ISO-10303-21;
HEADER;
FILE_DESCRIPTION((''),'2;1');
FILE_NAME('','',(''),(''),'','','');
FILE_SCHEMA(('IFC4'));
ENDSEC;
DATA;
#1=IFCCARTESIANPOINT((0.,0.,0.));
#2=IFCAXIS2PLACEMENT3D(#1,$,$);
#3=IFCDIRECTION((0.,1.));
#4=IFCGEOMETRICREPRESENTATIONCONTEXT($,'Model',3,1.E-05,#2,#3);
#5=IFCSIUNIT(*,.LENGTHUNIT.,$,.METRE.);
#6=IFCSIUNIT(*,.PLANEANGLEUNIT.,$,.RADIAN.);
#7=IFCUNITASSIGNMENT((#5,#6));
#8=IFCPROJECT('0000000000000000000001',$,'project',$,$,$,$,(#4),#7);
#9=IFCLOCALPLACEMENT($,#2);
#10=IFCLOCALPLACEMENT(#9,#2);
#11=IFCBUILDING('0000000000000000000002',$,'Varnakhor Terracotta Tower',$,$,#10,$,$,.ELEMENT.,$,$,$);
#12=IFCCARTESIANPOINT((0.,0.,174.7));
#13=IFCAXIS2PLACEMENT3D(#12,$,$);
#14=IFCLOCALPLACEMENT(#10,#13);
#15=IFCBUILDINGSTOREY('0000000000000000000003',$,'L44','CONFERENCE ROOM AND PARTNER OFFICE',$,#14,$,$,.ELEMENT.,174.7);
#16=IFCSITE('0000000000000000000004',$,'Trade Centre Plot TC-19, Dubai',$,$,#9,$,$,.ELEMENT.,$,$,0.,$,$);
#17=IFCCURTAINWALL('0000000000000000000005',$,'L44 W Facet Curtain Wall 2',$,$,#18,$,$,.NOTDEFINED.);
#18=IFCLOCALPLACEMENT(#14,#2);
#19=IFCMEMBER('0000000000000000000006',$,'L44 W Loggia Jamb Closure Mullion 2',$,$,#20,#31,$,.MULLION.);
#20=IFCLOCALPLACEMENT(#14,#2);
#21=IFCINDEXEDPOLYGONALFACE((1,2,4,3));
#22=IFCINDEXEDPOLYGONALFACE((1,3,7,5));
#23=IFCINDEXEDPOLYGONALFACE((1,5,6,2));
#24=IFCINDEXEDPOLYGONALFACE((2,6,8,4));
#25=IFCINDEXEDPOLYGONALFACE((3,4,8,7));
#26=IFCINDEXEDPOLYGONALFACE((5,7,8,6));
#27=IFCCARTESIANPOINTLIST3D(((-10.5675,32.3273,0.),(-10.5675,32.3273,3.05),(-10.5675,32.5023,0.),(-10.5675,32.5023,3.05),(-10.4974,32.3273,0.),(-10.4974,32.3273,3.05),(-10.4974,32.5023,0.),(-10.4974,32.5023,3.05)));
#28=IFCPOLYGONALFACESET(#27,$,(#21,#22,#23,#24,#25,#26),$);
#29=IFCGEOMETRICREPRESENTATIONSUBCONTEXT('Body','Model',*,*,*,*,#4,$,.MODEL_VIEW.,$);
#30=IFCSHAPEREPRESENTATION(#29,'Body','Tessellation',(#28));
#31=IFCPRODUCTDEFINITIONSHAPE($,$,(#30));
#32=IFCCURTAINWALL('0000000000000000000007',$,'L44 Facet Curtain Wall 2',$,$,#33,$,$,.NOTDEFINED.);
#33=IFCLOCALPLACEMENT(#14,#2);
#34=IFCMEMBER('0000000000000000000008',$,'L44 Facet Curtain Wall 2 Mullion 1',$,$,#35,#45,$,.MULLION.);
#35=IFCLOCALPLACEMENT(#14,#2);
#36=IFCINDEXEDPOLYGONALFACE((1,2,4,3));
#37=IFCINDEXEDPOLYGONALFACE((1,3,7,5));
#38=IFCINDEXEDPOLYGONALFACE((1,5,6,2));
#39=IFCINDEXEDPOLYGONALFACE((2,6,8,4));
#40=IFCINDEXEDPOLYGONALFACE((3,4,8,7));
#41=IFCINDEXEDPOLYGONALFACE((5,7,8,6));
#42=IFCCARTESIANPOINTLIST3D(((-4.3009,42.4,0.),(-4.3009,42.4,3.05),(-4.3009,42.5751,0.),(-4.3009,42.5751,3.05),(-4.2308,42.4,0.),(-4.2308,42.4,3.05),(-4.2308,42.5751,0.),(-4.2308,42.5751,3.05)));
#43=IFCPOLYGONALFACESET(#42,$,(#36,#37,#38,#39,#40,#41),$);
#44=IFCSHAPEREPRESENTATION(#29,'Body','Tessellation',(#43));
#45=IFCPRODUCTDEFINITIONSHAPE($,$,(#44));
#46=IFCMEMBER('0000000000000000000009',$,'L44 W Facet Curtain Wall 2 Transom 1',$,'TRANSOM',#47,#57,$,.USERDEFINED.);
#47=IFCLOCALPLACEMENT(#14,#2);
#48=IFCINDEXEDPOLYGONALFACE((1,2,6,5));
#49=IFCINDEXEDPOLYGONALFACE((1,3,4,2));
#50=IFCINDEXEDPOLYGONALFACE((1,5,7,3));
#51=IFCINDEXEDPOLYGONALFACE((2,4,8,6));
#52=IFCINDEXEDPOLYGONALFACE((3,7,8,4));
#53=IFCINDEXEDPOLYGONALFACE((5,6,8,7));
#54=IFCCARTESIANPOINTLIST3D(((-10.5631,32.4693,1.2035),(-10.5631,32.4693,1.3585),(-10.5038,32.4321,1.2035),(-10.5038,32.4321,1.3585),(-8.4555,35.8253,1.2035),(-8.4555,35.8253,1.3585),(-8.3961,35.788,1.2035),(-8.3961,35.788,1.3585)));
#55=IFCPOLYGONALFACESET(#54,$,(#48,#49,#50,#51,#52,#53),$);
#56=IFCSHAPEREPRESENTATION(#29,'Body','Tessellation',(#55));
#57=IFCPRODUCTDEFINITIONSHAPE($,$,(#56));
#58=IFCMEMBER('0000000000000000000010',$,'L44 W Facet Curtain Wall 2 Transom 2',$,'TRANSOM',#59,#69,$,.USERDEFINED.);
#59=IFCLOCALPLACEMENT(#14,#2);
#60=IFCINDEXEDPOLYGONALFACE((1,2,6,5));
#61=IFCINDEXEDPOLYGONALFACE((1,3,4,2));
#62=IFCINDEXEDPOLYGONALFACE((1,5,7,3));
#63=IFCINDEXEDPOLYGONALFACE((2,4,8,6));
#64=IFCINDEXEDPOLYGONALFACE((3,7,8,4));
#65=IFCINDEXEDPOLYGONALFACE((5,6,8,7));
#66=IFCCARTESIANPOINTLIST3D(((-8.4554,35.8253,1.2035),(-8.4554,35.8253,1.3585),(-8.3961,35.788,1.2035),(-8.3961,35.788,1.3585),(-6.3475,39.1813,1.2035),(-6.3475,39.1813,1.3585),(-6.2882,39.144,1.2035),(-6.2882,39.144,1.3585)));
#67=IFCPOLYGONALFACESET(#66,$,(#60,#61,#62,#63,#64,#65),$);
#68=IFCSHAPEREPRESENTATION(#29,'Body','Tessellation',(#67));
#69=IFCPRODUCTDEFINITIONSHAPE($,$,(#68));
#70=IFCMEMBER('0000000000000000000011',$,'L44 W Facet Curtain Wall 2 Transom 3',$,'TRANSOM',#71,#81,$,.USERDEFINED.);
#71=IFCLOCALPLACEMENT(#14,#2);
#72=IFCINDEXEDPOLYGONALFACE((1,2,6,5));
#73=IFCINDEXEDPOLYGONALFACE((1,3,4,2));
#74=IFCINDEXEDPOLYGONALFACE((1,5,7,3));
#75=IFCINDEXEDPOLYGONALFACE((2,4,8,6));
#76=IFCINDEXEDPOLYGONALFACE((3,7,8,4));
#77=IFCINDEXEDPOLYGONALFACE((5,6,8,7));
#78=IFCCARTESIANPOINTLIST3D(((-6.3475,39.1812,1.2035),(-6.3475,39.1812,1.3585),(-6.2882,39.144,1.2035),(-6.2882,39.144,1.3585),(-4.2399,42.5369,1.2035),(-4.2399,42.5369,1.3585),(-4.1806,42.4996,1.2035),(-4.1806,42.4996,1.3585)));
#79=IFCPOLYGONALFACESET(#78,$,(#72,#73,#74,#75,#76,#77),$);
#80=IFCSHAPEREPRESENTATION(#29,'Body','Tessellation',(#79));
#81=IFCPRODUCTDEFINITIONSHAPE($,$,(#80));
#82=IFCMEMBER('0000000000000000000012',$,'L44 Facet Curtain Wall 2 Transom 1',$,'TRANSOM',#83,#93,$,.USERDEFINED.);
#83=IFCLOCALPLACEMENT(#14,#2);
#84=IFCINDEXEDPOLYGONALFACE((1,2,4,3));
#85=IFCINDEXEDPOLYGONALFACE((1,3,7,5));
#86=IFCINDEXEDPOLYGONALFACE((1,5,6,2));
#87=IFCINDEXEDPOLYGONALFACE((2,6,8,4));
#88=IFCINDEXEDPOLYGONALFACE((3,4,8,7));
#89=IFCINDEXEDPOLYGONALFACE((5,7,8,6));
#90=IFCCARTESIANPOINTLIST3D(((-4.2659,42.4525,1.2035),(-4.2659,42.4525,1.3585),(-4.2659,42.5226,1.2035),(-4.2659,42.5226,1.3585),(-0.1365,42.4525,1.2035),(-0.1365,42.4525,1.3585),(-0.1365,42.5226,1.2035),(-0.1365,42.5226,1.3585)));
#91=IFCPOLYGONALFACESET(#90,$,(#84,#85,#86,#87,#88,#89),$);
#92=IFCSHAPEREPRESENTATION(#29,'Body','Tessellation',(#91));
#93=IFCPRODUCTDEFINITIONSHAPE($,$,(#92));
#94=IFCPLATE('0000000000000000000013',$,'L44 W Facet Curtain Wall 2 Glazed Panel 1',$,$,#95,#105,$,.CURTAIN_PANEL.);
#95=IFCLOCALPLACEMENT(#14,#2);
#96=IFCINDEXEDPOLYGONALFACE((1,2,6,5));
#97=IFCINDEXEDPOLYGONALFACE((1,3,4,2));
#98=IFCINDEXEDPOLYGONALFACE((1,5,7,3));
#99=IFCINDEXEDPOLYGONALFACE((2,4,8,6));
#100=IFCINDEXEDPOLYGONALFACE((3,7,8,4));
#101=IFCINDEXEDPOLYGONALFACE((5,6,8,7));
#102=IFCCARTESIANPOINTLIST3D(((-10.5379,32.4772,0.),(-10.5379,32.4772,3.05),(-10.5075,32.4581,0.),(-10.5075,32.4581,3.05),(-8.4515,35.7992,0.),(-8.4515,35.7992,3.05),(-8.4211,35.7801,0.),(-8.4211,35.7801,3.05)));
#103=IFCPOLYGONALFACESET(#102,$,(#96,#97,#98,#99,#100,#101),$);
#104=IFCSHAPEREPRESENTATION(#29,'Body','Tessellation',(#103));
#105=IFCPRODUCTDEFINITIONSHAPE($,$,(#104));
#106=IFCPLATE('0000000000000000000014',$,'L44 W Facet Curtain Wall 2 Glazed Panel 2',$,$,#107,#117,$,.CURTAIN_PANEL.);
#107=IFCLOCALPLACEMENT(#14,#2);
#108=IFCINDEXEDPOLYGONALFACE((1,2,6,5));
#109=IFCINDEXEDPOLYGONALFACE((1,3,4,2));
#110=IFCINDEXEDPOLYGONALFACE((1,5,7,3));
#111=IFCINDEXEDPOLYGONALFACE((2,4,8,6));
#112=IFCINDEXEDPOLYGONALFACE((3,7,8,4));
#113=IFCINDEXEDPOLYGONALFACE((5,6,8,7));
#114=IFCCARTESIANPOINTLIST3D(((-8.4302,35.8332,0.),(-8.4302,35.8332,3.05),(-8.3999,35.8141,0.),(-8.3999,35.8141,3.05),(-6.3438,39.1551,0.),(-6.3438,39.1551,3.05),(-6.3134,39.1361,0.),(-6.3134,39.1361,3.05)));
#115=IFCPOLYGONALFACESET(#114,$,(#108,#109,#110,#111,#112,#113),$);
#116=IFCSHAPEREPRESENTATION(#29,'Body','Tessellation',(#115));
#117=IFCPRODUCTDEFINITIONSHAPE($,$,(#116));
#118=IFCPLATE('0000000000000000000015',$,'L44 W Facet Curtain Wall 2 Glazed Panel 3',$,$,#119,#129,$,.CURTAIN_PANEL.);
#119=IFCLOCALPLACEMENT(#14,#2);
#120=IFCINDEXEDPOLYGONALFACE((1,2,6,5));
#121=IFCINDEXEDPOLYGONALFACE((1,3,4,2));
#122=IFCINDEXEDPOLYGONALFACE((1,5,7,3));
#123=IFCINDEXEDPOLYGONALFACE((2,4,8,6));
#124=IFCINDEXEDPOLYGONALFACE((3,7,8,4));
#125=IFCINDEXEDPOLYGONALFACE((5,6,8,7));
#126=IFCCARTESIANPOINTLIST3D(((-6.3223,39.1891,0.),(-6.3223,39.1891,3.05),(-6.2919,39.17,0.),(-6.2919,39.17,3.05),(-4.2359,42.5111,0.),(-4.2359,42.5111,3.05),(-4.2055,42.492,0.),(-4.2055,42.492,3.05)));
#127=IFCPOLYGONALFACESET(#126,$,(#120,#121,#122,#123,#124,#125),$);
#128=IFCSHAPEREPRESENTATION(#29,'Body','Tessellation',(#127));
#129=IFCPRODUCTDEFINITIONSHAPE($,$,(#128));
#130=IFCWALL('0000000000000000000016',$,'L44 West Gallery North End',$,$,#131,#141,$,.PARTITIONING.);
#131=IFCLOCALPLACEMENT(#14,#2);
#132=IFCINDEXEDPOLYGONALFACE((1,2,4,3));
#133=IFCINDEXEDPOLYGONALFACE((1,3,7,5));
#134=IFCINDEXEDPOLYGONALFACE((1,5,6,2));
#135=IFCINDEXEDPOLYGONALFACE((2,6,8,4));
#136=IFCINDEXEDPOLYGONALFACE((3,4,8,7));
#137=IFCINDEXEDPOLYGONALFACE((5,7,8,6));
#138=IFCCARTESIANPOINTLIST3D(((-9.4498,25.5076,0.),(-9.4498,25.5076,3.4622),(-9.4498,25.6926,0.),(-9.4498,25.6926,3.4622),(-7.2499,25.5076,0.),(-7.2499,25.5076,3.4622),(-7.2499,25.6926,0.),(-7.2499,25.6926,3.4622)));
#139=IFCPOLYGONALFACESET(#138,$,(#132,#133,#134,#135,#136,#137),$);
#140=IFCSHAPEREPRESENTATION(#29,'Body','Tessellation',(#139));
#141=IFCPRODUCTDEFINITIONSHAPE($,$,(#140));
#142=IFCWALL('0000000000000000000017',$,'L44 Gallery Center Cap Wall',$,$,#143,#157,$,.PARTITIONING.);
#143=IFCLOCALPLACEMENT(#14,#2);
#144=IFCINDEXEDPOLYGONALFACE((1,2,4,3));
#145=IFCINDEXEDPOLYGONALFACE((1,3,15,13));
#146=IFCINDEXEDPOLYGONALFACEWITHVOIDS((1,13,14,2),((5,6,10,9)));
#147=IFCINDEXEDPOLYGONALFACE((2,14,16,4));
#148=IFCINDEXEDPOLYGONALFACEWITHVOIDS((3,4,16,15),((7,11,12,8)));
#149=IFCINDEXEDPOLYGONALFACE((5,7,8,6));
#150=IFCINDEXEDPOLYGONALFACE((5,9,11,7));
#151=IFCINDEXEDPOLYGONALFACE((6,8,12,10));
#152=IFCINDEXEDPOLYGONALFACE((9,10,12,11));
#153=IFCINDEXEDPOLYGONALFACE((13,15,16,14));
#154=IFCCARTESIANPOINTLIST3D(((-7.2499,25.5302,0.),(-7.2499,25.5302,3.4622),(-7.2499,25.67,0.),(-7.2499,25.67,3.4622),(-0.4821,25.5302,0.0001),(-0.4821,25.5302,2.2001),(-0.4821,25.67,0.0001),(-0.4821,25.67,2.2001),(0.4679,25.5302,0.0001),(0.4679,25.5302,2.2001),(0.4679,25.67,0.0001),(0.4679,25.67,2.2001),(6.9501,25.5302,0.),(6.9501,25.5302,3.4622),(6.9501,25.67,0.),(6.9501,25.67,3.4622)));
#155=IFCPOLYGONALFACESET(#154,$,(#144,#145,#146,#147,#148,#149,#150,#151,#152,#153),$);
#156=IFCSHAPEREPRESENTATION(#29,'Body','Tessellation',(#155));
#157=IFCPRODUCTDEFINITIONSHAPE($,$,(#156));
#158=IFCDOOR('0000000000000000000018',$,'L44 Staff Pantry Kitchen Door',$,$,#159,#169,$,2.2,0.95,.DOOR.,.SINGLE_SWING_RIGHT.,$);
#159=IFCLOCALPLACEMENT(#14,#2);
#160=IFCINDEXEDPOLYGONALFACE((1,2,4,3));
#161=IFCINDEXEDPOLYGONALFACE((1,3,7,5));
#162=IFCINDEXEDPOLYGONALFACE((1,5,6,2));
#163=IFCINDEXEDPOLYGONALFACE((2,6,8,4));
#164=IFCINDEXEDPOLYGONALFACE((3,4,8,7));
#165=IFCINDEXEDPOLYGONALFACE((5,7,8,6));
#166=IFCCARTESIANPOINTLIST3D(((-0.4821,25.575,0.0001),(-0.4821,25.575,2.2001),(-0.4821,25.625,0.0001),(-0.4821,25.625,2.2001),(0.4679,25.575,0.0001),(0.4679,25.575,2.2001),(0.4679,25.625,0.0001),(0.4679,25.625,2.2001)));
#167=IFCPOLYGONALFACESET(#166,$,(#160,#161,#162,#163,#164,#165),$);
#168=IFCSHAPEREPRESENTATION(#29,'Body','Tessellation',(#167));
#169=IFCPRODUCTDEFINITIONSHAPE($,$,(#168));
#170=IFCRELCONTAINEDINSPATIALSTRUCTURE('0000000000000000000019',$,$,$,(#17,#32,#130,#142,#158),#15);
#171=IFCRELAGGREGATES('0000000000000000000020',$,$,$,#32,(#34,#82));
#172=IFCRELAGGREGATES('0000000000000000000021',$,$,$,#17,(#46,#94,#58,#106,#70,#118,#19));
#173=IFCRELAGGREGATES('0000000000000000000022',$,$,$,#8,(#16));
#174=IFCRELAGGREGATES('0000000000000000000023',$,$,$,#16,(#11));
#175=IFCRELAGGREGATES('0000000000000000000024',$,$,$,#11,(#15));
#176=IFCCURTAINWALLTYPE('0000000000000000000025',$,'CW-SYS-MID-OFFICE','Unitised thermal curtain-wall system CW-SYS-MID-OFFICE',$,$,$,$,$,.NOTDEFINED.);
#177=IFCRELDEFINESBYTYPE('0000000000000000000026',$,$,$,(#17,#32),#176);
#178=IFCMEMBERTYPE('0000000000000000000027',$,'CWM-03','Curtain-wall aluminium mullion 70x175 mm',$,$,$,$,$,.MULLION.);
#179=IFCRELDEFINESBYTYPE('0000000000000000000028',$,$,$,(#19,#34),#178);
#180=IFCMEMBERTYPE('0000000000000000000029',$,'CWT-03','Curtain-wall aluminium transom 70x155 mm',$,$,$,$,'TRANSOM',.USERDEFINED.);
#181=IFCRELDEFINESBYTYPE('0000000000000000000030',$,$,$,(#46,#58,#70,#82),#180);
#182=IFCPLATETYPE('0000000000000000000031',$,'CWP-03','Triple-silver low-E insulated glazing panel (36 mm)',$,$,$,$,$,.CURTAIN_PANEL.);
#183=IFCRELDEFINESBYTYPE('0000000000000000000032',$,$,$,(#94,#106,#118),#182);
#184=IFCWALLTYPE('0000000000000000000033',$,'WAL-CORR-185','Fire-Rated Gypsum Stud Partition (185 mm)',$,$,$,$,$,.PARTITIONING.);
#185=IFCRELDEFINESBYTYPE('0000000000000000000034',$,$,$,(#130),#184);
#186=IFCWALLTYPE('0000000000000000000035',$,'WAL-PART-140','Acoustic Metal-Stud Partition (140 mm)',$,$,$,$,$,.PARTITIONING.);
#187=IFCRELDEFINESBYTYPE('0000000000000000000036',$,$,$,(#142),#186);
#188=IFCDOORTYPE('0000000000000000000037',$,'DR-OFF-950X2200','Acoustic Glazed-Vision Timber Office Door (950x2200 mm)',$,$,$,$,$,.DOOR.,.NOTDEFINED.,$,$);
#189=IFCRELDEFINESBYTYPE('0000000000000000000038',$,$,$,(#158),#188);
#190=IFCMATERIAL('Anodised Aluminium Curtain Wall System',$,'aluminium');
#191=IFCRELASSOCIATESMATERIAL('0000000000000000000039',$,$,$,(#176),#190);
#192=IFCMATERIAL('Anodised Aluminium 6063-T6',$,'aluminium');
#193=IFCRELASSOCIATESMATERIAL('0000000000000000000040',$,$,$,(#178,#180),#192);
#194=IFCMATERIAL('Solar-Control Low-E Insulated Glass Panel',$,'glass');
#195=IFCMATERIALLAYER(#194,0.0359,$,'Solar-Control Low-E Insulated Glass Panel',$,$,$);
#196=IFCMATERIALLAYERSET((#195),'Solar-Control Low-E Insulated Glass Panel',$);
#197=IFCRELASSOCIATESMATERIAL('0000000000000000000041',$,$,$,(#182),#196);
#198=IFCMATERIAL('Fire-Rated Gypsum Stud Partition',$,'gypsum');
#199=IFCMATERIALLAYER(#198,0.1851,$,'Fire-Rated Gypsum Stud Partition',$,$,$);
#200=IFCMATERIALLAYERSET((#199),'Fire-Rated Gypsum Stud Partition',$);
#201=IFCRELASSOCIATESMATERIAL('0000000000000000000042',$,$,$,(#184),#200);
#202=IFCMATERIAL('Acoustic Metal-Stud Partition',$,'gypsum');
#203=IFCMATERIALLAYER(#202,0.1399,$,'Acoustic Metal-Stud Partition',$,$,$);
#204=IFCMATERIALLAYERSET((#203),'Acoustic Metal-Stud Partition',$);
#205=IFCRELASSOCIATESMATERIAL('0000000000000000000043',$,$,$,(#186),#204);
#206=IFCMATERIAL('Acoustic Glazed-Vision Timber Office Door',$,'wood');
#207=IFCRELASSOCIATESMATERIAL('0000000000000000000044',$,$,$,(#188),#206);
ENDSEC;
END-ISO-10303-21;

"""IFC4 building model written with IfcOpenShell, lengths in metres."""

from ifc_helpers import new_model, si_unit, direction, frame, frame_2d, origin, origin_2d, place, context, subcontext, project, spatial, rectangle, extrude, source, transform, mapped, material, layer, layer_set, material_profile, profile_set, type_object, type_shapes, element, fill, aggregate, save


model = new_model("IFC4")

# Units and contexts
model_context = context("Model", 3, precision=1e-05, world=origin(), true_north=direction((0.0, 1.0)))
body_context = subcontext(model_context, "Body", "Model", "MODEL_VIEW")
ifc_project = project(units=[si_unit("LENGTHUNIT", "METRE"), si_unit("PLANEANGLEUNIT", "RADIAN")], contexts=[model_context])

# Site, building, storey
site_placement = place(None, origin())
site = spatial("IfcSite", under=ifc_project, at=site_placement, Name="Trade Centre Plot TC-19, Dubai", CompositionType="ELEMENT", RefElevation=0.0)
building_placement = place(site_placement, origin())
building = spatial("IfcBuilding", under=site, at=building_placement, Name="Varnakhor Terracotta Tower", CompositionType="ELEMENT")
storey_placement = place(building_placement, frame((0.0, 0.0, 174.7)))
storey = spatial("IfcBuildingStorey", under=building, at=storey_placement, Name="L44", Description="CONFERENCE ROOM AND PARTNER OFFICE", CompositionType="ELEMENT", Elevation=174.7)

# Curtain wall, member
ifc_material_1 = material(Name="Anodised Aluminium Curtain Wall System", Category="aluminium")
curtain_wall_type = type_object("IfcCurtainWallType", Name="CW-SYS-MID-OFFICE", Description="Unitised thermal curtain-wall system CW-SYS-MID-OFFICE", PredefinedType="NOTDEFINED", material=ifc_material_1)
curtain_wall_1_placement = place(storey_placement, origin())
curtain_wall_1 = element("IfcCurtainWall", 1, at=curtain_wall_1_placement, inside=storey, type_object=curtain_wall_type, Name="L44 W Facet Curtain Wall 2", PredefinedType="NOTDEFINED")
ifc_material_2 = material(Name="Anodised Aluminium 6063-T6", Category="aluminium")
ifc_material_profile_1 = material_profile(ifc_material_2, rectangle(XDim=0.0701, YDim=0.175, at=origin_2d()), Name="ALU MULLION 70x175")
ifc_profile_set_1 = profile_set([ifc_material_profile_1], Name="Anodised Aluminium 6063-T6")
member_type_1 = type_object("IfcMemberType", Name="CWM-03", Description="Curtain-wall aluminium mullion 70x175 mm", PredefinedType="MULLION", material=ifc_profile_set_1)
shared_shape_1 = source(origin(), body_context, "Body", "SweptSolid", [
    extrude(rectangle(XDim=0.0701, YDim=0.175, at=origin_2d()), origin(), (0.0, 0.0, 1.0), 3.05),
])
member_1_placement = place(storey_placement, frame((-10.5325, 32.4148, 0.0), z_axis=(0.0, 0.0, 1.0), x_axis=(1.0, 0.0, 0.0)))
member_1 = element("IfcMember", 2, at=member_1_placement, type_object=member_type_1, Name="L44 W Loggia Jamb Closure Mullion 2", PredefinedType="MULLION", context=body_context, shape_type="MappedRepresentation", body=[
    mapped(shared_shape_1, transform((0.0, 0.0, 0.0), scale=1.0)),
])

# Curtain wall, member
curtain_wall_2_placement = place(storey_placement, origin())
curtain_wall_2 = element("IfcCurtainWall", 3, at=curtain_wall_2_placement, inside=storey, type_object=curtain_wall_type, Name="L44 Facet Curtain Wall 2", PredefinedType="NOTDEFINED")
member_2_placement = place(storey_placement, frame((-4.2659, 42.4875, 0.0), z_axis=(0.0, 0.0, 1.0), x_axis=(1.0, 0.0, 0.0)))
member_2 = element("IfcMember", 4, at=member_2_placement, type_object=member_type_1, Name="L44 Facet Curtain Wall 2 Mullion 1", PredefinedType="MULLION", context=body_context, shape_type="MappedRepresentation", body=[
    mapped(shared_shape_1, transform((0.0, 0.0, 0.0), scale=1.0)),
])

# Members
ifc_material_profile_2 = material_profile(ifc_material_2, rectangle(XDim=0.0701, YDim=0.155, at=origin_2d()), Name="ALU TRANSOM 70x155")
ifc_profile_set_2 = profile_set([ifc_material_profile_2], Name="Anodised Aluminium 6063-T6")
member_type_2 = type_object("IfcMemberType", Name="CWT-03", Description="Curtain-wall aluminium transom 70x155 mm", ElementType="TRANSOM", PredefinedType="USERDEFINED", material=ifc_profile_set_2)
shared_shape_2 = source(origin(), body_context, "Body", "SweptSolid", [
    extrude(rectangle(XDim=0.0701, YDim=0.155, at=origin_2d()), origin(), (0.0, 0.0, 1.0), 3.9629),
])
member_3_placement = place(storey_placement, frame((-10.5334, 32.4507, 1.281), z_axis=(0.531847, 0.84684, 0.0), x_axis=(-0.84684, 0.531847, 0.0)))
member_3 = element("IfcMember", 5, at=member_3_placement, type_object=member_type_2, Name="L44 W Facet Curtain Wall 2 Transom 1", ObjectType="TRANSOM", PredefinedType="USERDEFINED", context=body_context, shape_type="MappedRepresentation", body=[
    mapped(shared_shape_2, transform((0.0, 0.0, 0.0), scale=1.0)),
])
shared_shape_3 = source(origin(), body_context, "Body", "SweptSolid", [
    extrude(rectangle(XDim=0.0701, YDim=0.155, at=origin_2d()), origin(), (0.0, 0.0, 1.0), 3.9631),
])
member_4_placement = place(storey_placement, frame((-8.4258, 35.8066, 1.281), z_axis=(0.531891, 0.846813, 0.0), x_axis=(-0.846813, 0.531891, 0.0)))
member_4 = element("IfcMember", 6, at=member_4_placement, type_object=member_type_2, Name="L44 W Facet Curtain Wall 2 Transom 2", ObjectType="TRANSOM", PredefinedType="USERDEFINED", context=body_context, shape_type="MappedRepresentation", body=[
    mapped(shared_shape_3, transform((0.0, 0.0, 0.0), scale=1.0)),
])
shared_shape_4 = source(origin(), body_context, "Body", "SweptSolid", [
    extrude(rectangle(XDim=0.0701, YDim=0.155, at=origin_2d()), origin(), (0.0, 0.0, 1.0), 3.9626),
])
member_5_placement = place(storey_placement, frame((-6.3179, 39.1626, 1.281), z_axis=(0.531875, 0.846823, 0.0), x_axis=(-0.846823, 0.531875, 0.0)))
member_5 = element("IfcMember", 7, at=member_5_placement, type_object=member_type_2, Name="L44 W Facet Curtain Wall 2 Transom 3", ObjectType="TRANSOM", PredefinedType="USERDEFINED", context=body_context, shape_type="MappedRepresentation", body=[
    mapped(shared_shape_4, transform((0.0, 0.0, 0.0), scale=1.0)),
])
shared_shape_5 = source(origin(), body_context, "Body", "SweptSolid", [
    extrude(rectangle(XDim=0.0701, YDim=0.155, at=origin_2d()), origin(), (0.0, 0.0, 1.0), 4.1294),
])
member_6_placement = place(storey_placement, frame((-4.2659, 42.4875, 1.281), z_axis=(1.0, 0.0, 0.0), x_axis=(0.0, 1.0, 0.0)))
member_6 = element("IfcMember", 8, at=member_6_placement, type_object=member_type_2, Name="L44 Facet Curtain Wall 2 Transom 1", ObjectType="TRANSOM", PredefinedType="USERDEFINED", context=body_context, shape_type="MappedRepresentation", body=[
    mapped(shared_shape_5, transform((0.0, 0.0, 0.0), scale=1.0)),
])
aggregate(curtain_wall_2, [member_2, member_6])

# Plates
ifc_material_3 = material(Name="Solar-Control Low-E Insulated Glass Panel", Category="glass")
ifc_layer_1 = layer(ifc_material_3, 0.0359, Name="Solar-Control Low-E Insulated Glass Panel")
ifc_layer_set_1 = layer_set([ifc_layer_1], Name="Solar-Control Low-E Insulated Glass Panel")
plate_type = type_object("IfcPlateType", Name="CWP-03", Description="Triple-silver low-E insulated glazing panel (36 mm)", PredefinedType="CURTAIN_PANEL", material=ifc_layer_set_1)
shared_shape_6 = source(origin(), body_context, "Body", "SweptSolid", [
    extrude(rectangle(XDim=3.9229, YDim=0.0359, at=origin_2d()), origin(), (0.0, 0.0, 1.0), 3.05),
])
plate_1_placement = place(storey_placement, frame((-9.4795, 34.1287, 0.0), z_axis=(0.0, 0.0, 1.0), x_axis=(0.531872, 0.846825, 0.0)))
plate_1 = element("IfcPlate", 9, at=plate_1_placement, type_object=plate_type, Name="L44 W Facet Curtain Wall 2 Glazed Panel 1", PredefinedType="CURTAIN_PANEL", context=body_context, shape_type="MappedRepresentation", body=[
    mapped(shared_shape_6, transform((0.0, 0.0, 0.0), scale=1.0)),
])
plate_2_placement = place(storey_placement, frame((-7.3718, 37.4846, 0.0), z_axis=(0.0, 0.0, 1.0), x_axis=(0.531872, 0.846825, 0.0)))
plate_2 = element("IfcPlate", 10, at=plate_2_placement, type_object=plate_type, Name="L44 W Facet Curtain Wall 2 Glazed Panel 2", PredefinedType="CURTAIN_PANEL", context=body_context, shape_type="MappedRepresentation", body=[
    mapped(shared_shape_6, transform((0.0, 0.0, 0.0), scale=1.0)),
])
plate_3_placement = place(storey_placement, frame((-5.2639, 40.8406, 0.0), z_axis=(0.0, 0.0, 1.0), x_axis=(0.531872, 0.846825, 0.0)))
plate_3 = element("IfcPlate", 11, at=plate_3_placement, type_object=plate_type, Name="L44 W Facet Curtain Wall 2 Glazed Panel 3", PredefinedType="CURTAIN_PANEL", context=body_context, shape_type="MappedRepresentation", body=[
    mapped(shared_shape_6, transform((0.0, 0.0, 0.0), scale=1.0)),
])
aggregate(curtain_wall_1, [member_3, plate_1, member_4, plate_2, member_5, plate_3, member_1])

# Wall
ifc_material_4 = material(Name="Fire-Rated Gypsum Stud Partition", Category="gypsum")
ifc_layer_2 = layer(ifc_material_4, 0.1851, Name="Fire-Rated Gypsum Stud Partition")
ifc_layer_set_2 = layer_set([ifc_layer_2], Name="Fire-Rated Gypsum Stud Partition")
wall_type_1 = type_object("IfcWallType", Name="WAL-CORR-185", Description="Fire-Rated Gypsum Stud Partition (185 mm)", PredefinedType="PARTITIONING", material=ifc_layer_set_2)
wall_1_placement = place(storey_placement, frame((-9.45, 25.6001, 0.0), z_axis=(0.0, 0.0, 1.0), x_axis=(1.0, 0.0, 0.0)))
element("IfcWall", 12, at=wall_1_placement, inside=storey, type_object=wall_type_1, Name="L44 West Gallery North End", PredefinedType="PARTITIONING", context=body_context, shape_type="SweptSolid", body=[
    extrude(rectangle(XDim=2.2, YDim=0.1851, at=frame_2d((1.1001, 0.0))), origin(), (0.0, 0.0, 1.0), 3.4622),
])

# Wall, opening, door
ifc_material_5 = material(Name="Acoustic Metal-Stud Partition", Category="gypsum")
ifc_layer_3 = layer(ifc_material_5, 0.1399, Name="Acoustic Metal-Stud Partition")
ifc_layer_set_3 = layer_set([ifc_layer_3], Name="Acoustic Metal-Stud Partition")
wall_type_2 = type_object("IfcWallType", Name="WAL-PART-140", Description="Acoustic Metal-Stud Partition (140 mm)", PredefinedType="PARTITIONING", material=ifc_layer_set_3)
wall_2_placement = place(storey_placement, frame((-7.25, 25.6001, 0.0), z_axis=(0.0, 0.0, 1.0), x_axis=(1.0, 0.0, 0.0)))
wall_2 = element("IfcWall", 13, at=wall_2_placement, inside=storey, type_object=wall_type_2, Name="L44 Gallery Center Cap Wall", PredefinedType="PARTITIONING", context=body_context, shape_type="SweptSolid", body=[
    extrude(rectangle(XDim=14.2, YDim=0.1399, at=frame_2d((7.1001, 0.0))), origin(), (0.0, 0.0, 1.0), 3.4622),
])
opening_placement = place(wall_2_placement, frame((6.7678, 0.0, 0.0)))
opening = element("IfcOpeningElement", 14, at=opening_placement, cuts=wall_2, PredefinedType="OPENING", context=body_context, shape_type="SweptSolid", body=[
    extrude(rectangle(XDim=0.95, YDim=2.2, at=frame_2d((0.4751, 1.1001))), frame((0.0, 0.0801, 0.0), z_axis=(0.0, -1.0, 0.0), x_axis=(1.0, 0.0, 0.0)), (0.0, 0.0, 1.0), 0.1599),
])
ifc_material_6 = material(Name="Acoustic Glazed-Vision Timber Office Door", Category="wood")
door_type = type_object("IfcDoorType", Name="DR-OFF-950X2200", Description="Acoustic Glazed-Vision Timber Office Door (950x2200 mm)", OperationType="NOTDEFINED", PredefinedType="DOOR", material=ifc_material_6)
shared_shape_7 = source(origin(), body_context, "Body", "SweptSolid", [
    extrude(rectangle(XDim=0.95, YDim=2.2, at=frame_2d((0.4751, 1.1001))), frame((0.0, 0.0249, 0.0), z_axis=(0.0, -1.0, 0.0), x_axis=(1.0, 0.0, 0.0)), (0.0, 0.0, 1.0), 0.05),
])
type_shapes(door_type, [shared_shape_7])
door_placement = place(opening_placement, origin())
door = element("IfcDoor", 15, at=door_placement, inside=storey, type_object=door_type, Name="L44 Staff Pantry Kitchen Door", OperationType="SINGLE_SWING_RIGHT", OverallHeight=2.2, OverallWidth=0.95, PredefinedType="DOOR", context=body_context, shape_type="MappedRepresentation", body=[
    mapped(shared_shape_7, transform((0.0, 0.0, 0.0), scale=1.0)),
])
fill(opening, door)

save(model, "model.ifc")
